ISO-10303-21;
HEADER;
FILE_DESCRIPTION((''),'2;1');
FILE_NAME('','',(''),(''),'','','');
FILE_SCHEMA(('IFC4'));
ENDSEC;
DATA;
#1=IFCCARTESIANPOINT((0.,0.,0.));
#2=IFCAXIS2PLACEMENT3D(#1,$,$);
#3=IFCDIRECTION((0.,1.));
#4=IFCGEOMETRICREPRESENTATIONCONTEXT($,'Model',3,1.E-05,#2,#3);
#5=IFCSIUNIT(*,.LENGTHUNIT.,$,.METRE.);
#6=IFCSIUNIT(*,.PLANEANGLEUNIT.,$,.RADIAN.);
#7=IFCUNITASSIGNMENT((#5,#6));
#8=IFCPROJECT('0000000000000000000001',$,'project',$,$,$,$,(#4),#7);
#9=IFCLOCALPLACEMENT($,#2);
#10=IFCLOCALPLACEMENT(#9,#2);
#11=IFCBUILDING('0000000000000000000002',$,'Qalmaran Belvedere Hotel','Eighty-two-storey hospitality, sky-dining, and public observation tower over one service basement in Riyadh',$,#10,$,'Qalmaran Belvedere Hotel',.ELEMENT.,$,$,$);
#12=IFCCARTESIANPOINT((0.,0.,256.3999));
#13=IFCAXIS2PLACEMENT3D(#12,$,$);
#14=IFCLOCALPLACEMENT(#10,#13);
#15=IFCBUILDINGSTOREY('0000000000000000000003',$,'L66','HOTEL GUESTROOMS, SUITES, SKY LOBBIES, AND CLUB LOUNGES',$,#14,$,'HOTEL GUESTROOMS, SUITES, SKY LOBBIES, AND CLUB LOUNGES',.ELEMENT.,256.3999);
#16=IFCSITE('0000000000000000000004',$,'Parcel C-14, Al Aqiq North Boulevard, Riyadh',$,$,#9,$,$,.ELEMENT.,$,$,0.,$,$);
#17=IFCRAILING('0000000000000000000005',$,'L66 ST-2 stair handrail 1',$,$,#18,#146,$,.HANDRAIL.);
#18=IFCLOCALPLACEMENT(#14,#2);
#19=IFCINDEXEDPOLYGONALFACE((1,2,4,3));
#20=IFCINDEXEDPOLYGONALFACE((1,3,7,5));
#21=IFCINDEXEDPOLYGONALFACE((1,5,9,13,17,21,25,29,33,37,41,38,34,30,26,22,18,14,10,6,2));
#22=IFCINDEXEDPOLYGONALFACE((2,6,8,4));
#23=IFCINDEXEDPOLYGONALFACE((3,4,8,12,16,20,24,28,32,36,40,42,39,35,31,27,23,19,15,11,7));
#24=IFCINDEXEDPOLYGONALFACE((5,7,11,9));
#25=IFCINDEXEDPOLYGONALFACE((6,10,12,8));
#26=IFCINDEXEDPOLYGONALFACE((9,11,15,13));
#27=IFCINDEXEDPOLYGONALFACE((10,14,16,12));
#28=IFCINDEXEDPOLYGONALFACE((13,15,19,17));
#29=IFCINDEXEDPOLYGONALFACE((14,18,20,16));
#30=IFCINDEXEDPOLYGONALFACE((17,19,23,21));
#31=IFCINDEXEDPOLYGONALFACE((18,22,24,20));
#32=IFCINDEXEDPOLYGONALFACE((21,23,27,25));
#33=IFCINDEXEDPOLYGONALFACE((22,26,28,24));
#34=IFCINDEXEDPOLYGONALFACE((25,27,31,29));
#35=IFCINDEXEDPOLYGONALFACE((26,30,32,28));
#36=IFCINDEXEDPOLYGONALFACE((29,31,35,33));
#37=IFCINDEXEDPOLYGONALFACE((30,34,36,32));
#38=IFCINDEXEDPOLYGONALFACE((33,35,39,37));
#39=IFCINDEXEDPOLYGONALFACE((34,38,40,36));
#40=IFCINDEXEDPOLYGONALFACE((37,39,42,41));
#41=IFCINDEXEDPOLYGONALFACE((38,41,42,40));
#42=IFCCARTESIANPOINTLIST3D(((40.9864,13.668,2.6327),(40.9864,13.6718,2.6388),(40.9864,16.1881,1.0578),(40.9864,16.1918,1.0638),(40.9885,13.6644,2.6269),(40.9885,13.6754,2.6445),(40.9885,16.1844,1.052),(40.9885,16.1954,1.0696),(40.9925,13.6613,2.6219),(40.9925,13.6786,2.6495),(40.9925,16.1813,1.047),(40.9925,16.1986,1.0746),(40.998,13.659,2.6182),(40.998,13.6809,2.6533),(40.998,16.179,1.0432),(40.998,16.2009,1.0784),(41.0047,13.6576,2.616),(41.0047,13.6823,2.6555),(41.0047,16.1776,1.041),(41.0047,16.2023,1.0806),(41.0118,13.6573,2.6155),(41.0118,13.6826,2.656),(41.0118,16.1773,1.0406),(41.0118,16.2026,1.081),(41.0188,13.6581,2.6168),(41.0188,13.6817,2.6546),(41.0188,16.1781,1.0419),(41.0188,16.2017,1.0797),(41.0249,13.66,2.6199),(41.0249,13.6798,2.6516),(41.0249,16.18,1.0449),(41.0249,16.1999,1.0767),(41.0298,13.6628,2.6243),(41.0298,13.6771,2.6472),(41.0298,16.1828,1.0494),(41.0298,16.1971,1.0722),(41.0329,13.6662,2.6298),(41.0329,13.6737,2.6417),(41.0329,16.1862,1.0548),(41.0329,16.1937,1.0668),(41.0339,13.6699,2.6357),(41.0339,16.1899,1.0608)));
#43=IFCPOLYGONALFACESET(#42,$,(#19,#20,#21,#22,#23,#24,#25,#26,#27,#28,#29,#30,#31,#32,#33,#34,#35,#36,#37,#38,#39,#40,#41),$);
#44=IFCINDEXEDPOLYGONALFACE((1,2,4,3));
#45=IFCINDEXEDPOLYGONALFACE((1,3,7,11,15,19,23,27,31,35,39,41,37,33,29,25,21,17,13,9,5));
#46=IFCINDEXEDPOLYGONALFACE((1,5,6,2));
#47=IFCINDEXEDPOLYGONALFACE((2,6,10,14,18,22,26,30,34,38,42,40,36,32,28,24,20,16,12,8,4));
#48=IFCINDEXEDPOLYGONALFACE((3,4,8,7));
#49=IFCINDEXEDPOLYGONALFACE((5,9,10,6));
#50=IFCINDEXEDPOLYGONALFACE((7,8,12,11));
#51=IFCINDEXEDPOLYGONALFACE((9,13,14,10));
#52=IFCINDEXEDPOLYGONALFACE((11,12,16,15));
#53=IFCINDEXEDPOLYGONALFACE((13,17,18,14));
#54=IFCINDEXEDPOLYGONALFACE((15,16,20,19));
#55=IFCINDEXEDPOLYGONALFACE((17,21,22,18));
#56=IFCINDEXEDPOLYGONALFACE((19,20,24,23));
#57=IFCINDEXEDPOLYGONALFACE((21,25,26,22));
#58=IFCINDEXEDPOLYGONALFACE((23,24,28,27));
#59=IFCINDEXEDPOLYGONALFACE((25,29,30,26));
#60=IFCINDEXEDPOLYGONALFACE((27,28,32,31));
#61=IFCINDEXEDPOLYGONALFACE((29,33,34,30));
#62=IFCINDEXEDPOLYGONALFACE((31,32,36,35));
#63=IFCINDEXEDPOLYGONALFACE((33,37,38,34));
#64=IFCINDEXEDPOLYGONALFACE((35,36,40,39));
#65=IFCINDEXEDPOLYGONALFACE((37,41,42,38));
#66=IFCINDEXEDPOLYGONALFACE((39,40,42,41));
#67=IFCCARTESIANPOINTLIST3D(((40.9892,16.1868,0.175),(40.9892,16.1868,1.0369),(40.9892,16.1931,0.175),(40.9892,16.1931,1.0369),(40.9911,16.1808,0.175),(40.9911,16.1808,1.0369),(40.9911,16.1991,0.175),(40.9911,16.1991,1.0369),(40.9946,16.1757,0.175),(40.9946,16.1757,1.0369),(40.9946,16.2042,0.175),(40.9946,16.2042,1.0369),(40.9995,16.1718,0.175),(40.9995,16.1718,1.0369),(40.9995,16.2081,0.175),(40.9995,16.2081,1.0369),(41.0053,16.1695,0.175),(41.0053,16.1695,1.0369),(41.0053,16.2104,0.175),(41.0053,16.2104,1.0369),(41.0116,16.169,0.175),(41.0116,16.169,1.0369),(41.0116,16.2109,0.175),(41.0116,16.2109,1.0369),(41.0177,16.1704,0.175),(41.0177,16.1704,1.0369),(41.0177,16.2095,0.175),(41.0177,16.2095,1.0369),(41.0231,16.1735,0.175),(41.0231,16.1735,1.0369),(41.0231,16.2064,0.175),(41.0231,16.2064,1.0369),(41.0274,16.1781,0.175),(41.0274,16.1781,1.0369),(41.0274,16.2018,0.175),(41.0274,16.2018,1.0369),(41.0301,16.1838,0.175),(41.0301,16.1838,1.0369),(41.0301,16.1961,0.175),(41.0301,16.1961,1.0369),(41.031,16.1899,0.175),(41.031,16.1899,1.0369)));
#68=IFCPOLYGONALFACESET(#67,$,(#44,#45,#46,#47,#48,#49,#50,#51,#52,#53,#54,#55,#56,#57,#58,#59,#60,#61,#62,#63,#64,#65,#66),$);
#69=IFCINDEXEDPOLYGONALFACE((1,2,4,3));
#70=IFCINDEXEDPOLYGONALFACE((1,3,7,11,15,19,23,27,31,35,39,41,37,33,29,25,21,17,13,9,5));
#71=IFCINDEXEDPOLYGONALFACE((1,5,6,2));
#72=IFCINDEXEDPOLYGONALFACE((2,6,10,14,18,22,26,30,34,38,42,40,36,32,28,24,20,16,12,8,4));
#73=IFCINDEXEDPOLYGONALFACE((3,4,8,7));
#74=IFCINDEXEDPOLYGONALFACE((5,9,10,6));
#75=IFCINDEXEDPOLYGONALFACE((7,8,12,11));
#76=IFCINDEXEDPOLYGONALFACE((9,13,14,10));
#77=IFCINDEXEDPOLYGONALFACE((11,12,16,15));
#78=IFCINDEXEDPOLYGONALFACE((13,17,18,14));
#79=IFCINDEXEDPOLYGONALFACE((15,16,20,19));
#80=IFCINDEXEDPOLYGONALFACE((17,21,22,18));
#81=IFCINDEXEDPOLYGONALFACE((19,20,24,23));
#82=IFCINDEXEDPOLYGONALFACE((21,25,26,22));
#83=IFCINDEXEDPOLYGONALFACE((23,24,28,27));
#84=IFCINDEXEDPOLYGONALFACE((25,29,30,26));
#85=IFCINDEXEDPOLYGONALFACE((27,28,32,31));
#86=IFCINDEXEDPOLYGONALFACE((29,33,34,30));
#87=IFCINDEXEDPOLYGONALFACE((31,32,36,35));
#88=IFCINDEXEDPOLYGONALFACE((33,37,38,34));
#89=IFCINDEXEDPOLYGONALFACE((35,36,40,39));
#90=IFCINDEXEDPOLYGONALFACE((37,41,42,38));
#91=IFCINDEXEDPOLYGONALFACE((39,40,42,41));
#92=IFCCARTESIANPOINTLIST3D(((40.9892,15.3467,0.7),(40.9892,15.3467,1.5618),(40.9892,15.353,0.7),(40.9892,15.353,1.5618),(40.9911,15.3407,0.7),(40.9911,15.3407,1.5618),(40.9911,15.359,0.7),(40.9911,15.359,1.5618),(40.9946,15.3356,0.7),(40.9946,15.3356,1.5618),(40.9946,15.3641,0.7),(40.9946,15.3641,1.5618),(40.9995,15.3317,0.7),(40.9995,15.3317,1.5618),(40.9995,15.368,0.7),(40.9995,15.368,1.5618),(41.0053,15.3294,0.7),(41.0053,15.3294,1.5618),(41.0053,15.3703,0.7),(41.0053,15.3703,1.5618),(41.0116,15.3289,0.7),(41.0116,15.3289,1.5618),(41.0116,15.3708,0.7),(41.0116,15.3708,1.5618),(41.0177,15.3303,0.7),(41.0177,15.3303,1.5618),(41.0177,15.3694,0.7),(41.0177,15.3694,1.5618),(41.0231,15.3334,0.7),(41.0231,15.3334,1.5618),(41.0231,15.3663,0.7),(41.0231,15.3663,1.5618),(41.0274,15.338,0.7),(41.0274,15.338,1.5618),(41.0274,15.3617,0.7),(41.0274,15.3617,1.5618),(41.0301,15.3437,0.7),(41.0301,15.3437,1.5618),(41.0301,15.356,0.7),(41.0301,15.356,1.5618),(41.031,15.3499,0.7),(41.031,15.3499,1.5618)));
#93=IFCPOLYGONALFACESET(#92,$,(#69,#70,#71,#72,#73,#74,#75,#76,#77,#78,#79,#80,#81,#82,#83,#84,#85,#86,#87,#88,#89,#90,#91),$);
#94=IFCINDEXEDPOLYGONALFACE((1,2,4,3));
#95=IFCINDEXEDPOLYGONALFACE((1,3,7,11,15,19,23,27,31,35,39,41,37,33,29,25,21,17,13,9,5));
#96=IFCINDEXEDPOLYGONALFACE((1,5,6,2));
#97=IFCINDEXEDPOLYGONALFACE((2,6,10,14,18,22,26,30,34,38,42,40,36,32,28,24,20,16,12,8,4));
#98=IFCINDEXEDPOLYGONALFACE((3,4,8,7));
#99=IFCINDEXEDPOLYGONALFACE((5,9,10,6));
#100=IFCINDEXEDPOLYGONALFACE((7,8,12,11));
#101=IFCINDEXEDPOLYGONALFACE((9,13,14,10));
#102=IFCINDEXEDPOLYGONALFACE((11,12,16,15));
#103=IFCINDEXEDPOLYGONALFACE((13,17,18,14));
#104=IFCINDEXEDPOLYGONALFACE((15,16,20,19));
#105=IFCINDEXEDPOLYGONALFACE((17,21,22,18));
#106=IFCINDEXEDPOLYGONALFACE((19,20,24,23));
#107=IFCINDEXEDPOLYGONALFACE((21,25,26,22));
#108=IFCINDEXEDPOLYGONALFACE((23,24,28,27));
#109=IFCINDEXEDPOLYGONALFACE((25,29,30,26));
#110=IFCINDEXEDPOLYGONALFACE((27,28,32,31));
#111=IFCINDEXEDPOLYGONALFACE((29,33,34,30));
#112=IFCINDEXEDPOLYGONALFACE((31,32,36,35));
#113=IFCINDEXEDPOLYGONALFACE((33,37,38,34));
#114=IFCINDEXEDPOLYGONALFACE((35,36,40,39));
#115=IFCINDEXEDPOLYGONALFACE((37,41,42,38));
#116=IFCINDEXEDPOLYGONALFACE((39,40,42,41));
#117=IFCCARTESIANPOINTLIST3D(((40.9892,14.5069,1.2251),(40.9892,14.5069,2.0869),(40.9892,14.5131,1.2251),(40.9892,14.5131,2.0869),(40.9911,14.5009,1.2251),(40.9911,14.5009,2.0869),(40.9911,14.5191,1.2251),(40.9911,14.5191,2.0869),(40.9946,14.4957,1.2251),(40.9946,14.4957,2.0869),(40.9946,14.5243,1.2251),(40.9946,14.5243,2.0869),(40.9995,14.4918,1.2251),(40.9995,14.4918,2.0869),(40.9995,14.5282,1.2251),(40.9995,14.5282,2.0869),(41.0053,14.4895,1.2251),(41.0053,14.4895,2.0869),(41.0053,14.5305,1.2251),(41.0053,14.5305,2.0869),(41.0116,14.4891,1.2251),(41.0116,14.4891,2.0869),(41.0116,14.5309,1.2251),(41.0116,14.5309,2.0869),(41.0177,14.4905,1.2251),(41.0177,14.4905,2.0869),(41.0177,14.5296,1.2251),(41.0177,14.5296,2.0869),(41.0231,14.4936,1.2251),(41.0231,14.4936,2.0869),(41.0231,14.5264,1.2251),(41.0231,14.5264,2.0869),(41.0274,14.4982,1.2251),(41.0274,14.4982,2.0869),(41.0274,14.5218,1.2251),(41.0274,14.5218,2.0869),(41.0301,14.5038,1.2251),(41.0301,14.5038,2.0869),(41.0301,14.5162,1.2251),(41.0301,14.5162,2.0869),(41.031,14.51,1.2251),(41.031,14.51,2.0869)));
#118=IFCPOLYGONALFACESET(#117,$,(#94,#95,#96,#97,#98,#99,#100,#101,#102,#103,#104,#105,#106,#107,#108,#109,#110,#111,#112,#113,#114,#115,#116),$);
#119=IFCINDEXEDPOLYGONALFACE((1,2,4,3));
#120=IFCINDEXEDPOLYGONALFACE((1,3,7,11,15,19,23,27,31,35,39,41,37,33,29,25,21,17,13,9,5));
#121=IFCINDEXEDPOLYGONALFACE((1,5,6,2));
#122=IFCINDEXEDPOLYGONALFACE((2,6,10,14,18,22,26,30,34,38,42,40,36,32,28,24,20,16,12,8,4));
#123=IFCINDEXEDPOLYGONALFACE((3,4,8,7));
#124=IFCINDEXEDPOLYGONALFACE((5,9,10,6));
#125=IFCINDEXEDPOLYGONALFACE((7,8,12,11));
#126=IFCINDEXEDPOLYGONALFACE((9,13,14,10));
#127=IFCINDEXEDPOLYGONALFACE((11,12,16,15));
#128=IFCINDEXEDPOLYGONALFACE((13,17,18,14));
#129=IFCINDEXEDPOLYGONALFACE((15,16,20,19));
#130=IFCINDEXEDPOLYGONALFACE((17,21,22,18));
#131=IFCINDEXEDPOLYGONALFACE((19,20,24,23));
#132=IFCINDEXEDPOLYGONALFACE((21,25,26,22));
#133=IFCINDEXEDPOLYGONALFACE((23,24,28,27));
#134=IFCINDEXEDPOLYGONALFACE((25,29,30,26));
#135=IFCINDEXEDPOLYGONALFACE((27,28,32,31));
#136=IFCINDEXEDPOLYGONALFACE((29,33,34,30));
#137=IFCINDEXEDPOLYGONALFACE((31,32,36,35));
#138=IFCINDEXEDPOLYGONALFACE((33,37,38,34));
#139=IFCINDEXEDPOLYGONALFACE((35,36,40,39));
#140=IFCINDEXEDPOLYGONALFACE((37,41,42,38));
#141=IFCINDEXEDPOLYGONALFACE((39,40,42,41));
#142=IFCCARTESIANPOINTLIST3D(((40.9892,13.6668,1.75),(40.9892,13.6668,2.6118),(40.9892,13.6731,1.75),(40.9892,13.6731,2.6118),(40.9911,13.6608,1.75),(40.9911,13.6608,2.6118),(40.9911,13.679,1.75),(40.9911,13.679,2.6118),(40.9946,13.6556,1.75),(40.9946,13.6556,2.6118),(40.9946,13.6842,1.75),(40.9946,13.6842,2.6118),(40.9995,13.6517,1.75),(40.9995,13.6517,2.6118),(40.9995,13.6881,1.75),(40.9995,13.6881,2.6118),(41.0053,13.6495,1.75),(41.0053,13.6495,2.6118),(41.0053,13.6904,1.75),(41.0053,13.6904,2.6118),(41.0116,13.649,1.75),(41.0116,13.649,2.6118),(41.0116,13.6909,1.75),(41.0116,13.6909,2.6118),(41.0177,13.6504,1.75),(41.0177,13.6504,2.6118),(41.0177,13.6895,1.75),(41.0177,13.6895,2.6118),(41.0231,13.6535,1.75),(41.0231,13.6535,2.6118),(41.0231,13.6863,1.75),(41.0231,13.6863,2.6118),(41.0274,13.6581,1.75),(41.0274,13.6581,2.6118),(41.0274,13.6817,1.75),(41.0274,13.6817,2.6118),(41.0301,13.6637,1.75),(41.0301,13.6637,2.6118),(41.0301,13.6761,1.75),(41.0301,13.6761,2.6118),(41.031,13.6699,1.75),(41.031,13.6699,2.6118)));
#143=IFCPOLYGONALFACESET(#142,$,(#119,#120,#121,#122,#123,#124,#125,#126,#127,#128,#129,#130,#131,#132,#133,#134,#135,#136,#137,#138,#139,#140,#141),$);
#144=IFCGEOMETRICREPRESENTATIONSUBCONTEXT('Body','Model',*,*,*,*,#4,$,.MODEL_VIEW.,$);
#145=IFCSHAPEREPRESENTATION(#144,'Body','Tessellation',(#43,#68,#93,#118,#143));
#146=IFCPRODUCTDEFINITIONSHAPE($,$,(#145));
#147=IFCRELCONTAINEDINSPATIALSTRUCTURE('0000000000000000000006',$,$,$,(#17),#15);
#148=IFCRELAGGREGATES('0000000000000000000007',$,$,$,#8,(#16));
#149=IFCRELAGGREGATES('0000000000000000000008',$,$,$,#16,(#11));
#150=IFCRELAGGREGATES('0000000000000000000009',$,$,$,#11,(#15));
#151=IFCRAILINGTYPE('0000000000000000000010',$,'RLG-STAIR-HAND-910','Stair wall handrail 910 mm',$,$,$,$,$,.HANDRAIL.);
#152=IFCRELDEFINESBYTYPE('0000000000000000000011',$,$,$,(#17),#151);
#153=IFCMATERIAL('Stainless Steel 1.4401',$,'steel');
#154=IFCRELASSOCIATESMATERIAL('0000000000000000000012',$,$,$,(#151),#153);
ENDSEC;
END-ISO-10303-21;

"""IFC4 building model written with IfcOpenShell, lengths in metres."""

from ifc_helpers import new_model, si_unit, direction, frame, origin, origin_2d, place, context, subcontext, project, spatial, circle, extrude, material, type_object, element, save


model = new_model("IFC4")

# Units and contexts
model_context = context("Model", 3, precision=1e-05, world=origin(), true_north=direction((0.0, 1.0)))
body_context = subcontext(model_context, "Body", "Model", "MODEL_VIEW")
ifc_project = project(units=[si_unit("LENGTHUNIT", "METRE"), si_unit("PLANEANGLEUNIT", "RADIAN")], contexts=[model_context])

# Site, building, storey
site_placement = place(None, origin())
site = spatial("IfcSite", under=ifc_project, at=site_placement, Name="Parcel C-14, Al Aqiq North Boulevard, Riyadh", CompositionType="ELEMENT", RefElevation=0.0)
building_placement = place(site_placement, origin())
building = spatial("IfcBuilding", under=site, at=building_placement, Name="Qalmaran Belvedere Hotel", Description="Eighty-two-storey hospitality, sky-dining, and public observation tower over one service basement in Riyadh", LongName="Qalmaran Belvedere Hotel", CompositionType="ELEMENT")
storey_placement = place(building_placement, frame((0.0, 0.0, 256.3999)))
storey = spatial("IfcBuildingStorey", under=building, at=storey_placement, Name="L66", Description="HOTEL GUESTROOMS, SUITES, SKY LOBBIES, AND CLUB LOUNGES", LongName="HOTEL GUESTROOMS, SUITES, SKY LOBBIES, AND CLUB LOUNGES", CompositionType="ELEMENT", Elevation=256.3999)

# Railing
ifc_material_1 = material(Name="Stainless Steel 1.4401", Category="steel")
railing_type_1 = type_object("IfcRailingType", Name="RLG-STAIR-HAND-910", Description="Stair wall handrail 910 mm", PredefinedType="HANDRAIL", material=ifc_material_1)
railing_1_placement = place(storey_placement, frame((41.01, 16.1899, 0.175)))
element("IfcRailing", 1, at=railing_1_placement, inside=storey, type_object=railing_type_1, Name="L66 ST-2 stair handrail 1", PredefinedType="HANDRAIL", context=body_context, shape_type="SweptSolid", body=[
    extrude(circle(Radius=0.0239, at=origin_2d()), frame((0.0, 0.0, 0.8857), z_axis=(0.0, -0.848008, 0.529984), x_axis=(1.0, 0.0, 0.0)), (0.0, 0.0, 1.0), 2.9717),
    extrude(circle(Radius=0.021, at=origin_2d()), origin(), (0.0, 0.0, 1.0), 0.8618),
    extrude(circle(Radius=0.021, at=origin_2d()), frame((0.0, -0.8401, 0.5249)), (0.0, 0.0, 1.0), 0.8618),
    extrude(circle(Radius=0.021, at=origin_2d()), frame((0.0, -1.6799, 1.05)), (0.0, 0.0, 1.0), 0.8618),
    extrude(circle(Radius=0.021, at=origin_2d()), frame((0.0, -2.52, 1.575)), (0.0, 0.0, 1.0), 0.8618),
])

save(model, "model.ifc")
